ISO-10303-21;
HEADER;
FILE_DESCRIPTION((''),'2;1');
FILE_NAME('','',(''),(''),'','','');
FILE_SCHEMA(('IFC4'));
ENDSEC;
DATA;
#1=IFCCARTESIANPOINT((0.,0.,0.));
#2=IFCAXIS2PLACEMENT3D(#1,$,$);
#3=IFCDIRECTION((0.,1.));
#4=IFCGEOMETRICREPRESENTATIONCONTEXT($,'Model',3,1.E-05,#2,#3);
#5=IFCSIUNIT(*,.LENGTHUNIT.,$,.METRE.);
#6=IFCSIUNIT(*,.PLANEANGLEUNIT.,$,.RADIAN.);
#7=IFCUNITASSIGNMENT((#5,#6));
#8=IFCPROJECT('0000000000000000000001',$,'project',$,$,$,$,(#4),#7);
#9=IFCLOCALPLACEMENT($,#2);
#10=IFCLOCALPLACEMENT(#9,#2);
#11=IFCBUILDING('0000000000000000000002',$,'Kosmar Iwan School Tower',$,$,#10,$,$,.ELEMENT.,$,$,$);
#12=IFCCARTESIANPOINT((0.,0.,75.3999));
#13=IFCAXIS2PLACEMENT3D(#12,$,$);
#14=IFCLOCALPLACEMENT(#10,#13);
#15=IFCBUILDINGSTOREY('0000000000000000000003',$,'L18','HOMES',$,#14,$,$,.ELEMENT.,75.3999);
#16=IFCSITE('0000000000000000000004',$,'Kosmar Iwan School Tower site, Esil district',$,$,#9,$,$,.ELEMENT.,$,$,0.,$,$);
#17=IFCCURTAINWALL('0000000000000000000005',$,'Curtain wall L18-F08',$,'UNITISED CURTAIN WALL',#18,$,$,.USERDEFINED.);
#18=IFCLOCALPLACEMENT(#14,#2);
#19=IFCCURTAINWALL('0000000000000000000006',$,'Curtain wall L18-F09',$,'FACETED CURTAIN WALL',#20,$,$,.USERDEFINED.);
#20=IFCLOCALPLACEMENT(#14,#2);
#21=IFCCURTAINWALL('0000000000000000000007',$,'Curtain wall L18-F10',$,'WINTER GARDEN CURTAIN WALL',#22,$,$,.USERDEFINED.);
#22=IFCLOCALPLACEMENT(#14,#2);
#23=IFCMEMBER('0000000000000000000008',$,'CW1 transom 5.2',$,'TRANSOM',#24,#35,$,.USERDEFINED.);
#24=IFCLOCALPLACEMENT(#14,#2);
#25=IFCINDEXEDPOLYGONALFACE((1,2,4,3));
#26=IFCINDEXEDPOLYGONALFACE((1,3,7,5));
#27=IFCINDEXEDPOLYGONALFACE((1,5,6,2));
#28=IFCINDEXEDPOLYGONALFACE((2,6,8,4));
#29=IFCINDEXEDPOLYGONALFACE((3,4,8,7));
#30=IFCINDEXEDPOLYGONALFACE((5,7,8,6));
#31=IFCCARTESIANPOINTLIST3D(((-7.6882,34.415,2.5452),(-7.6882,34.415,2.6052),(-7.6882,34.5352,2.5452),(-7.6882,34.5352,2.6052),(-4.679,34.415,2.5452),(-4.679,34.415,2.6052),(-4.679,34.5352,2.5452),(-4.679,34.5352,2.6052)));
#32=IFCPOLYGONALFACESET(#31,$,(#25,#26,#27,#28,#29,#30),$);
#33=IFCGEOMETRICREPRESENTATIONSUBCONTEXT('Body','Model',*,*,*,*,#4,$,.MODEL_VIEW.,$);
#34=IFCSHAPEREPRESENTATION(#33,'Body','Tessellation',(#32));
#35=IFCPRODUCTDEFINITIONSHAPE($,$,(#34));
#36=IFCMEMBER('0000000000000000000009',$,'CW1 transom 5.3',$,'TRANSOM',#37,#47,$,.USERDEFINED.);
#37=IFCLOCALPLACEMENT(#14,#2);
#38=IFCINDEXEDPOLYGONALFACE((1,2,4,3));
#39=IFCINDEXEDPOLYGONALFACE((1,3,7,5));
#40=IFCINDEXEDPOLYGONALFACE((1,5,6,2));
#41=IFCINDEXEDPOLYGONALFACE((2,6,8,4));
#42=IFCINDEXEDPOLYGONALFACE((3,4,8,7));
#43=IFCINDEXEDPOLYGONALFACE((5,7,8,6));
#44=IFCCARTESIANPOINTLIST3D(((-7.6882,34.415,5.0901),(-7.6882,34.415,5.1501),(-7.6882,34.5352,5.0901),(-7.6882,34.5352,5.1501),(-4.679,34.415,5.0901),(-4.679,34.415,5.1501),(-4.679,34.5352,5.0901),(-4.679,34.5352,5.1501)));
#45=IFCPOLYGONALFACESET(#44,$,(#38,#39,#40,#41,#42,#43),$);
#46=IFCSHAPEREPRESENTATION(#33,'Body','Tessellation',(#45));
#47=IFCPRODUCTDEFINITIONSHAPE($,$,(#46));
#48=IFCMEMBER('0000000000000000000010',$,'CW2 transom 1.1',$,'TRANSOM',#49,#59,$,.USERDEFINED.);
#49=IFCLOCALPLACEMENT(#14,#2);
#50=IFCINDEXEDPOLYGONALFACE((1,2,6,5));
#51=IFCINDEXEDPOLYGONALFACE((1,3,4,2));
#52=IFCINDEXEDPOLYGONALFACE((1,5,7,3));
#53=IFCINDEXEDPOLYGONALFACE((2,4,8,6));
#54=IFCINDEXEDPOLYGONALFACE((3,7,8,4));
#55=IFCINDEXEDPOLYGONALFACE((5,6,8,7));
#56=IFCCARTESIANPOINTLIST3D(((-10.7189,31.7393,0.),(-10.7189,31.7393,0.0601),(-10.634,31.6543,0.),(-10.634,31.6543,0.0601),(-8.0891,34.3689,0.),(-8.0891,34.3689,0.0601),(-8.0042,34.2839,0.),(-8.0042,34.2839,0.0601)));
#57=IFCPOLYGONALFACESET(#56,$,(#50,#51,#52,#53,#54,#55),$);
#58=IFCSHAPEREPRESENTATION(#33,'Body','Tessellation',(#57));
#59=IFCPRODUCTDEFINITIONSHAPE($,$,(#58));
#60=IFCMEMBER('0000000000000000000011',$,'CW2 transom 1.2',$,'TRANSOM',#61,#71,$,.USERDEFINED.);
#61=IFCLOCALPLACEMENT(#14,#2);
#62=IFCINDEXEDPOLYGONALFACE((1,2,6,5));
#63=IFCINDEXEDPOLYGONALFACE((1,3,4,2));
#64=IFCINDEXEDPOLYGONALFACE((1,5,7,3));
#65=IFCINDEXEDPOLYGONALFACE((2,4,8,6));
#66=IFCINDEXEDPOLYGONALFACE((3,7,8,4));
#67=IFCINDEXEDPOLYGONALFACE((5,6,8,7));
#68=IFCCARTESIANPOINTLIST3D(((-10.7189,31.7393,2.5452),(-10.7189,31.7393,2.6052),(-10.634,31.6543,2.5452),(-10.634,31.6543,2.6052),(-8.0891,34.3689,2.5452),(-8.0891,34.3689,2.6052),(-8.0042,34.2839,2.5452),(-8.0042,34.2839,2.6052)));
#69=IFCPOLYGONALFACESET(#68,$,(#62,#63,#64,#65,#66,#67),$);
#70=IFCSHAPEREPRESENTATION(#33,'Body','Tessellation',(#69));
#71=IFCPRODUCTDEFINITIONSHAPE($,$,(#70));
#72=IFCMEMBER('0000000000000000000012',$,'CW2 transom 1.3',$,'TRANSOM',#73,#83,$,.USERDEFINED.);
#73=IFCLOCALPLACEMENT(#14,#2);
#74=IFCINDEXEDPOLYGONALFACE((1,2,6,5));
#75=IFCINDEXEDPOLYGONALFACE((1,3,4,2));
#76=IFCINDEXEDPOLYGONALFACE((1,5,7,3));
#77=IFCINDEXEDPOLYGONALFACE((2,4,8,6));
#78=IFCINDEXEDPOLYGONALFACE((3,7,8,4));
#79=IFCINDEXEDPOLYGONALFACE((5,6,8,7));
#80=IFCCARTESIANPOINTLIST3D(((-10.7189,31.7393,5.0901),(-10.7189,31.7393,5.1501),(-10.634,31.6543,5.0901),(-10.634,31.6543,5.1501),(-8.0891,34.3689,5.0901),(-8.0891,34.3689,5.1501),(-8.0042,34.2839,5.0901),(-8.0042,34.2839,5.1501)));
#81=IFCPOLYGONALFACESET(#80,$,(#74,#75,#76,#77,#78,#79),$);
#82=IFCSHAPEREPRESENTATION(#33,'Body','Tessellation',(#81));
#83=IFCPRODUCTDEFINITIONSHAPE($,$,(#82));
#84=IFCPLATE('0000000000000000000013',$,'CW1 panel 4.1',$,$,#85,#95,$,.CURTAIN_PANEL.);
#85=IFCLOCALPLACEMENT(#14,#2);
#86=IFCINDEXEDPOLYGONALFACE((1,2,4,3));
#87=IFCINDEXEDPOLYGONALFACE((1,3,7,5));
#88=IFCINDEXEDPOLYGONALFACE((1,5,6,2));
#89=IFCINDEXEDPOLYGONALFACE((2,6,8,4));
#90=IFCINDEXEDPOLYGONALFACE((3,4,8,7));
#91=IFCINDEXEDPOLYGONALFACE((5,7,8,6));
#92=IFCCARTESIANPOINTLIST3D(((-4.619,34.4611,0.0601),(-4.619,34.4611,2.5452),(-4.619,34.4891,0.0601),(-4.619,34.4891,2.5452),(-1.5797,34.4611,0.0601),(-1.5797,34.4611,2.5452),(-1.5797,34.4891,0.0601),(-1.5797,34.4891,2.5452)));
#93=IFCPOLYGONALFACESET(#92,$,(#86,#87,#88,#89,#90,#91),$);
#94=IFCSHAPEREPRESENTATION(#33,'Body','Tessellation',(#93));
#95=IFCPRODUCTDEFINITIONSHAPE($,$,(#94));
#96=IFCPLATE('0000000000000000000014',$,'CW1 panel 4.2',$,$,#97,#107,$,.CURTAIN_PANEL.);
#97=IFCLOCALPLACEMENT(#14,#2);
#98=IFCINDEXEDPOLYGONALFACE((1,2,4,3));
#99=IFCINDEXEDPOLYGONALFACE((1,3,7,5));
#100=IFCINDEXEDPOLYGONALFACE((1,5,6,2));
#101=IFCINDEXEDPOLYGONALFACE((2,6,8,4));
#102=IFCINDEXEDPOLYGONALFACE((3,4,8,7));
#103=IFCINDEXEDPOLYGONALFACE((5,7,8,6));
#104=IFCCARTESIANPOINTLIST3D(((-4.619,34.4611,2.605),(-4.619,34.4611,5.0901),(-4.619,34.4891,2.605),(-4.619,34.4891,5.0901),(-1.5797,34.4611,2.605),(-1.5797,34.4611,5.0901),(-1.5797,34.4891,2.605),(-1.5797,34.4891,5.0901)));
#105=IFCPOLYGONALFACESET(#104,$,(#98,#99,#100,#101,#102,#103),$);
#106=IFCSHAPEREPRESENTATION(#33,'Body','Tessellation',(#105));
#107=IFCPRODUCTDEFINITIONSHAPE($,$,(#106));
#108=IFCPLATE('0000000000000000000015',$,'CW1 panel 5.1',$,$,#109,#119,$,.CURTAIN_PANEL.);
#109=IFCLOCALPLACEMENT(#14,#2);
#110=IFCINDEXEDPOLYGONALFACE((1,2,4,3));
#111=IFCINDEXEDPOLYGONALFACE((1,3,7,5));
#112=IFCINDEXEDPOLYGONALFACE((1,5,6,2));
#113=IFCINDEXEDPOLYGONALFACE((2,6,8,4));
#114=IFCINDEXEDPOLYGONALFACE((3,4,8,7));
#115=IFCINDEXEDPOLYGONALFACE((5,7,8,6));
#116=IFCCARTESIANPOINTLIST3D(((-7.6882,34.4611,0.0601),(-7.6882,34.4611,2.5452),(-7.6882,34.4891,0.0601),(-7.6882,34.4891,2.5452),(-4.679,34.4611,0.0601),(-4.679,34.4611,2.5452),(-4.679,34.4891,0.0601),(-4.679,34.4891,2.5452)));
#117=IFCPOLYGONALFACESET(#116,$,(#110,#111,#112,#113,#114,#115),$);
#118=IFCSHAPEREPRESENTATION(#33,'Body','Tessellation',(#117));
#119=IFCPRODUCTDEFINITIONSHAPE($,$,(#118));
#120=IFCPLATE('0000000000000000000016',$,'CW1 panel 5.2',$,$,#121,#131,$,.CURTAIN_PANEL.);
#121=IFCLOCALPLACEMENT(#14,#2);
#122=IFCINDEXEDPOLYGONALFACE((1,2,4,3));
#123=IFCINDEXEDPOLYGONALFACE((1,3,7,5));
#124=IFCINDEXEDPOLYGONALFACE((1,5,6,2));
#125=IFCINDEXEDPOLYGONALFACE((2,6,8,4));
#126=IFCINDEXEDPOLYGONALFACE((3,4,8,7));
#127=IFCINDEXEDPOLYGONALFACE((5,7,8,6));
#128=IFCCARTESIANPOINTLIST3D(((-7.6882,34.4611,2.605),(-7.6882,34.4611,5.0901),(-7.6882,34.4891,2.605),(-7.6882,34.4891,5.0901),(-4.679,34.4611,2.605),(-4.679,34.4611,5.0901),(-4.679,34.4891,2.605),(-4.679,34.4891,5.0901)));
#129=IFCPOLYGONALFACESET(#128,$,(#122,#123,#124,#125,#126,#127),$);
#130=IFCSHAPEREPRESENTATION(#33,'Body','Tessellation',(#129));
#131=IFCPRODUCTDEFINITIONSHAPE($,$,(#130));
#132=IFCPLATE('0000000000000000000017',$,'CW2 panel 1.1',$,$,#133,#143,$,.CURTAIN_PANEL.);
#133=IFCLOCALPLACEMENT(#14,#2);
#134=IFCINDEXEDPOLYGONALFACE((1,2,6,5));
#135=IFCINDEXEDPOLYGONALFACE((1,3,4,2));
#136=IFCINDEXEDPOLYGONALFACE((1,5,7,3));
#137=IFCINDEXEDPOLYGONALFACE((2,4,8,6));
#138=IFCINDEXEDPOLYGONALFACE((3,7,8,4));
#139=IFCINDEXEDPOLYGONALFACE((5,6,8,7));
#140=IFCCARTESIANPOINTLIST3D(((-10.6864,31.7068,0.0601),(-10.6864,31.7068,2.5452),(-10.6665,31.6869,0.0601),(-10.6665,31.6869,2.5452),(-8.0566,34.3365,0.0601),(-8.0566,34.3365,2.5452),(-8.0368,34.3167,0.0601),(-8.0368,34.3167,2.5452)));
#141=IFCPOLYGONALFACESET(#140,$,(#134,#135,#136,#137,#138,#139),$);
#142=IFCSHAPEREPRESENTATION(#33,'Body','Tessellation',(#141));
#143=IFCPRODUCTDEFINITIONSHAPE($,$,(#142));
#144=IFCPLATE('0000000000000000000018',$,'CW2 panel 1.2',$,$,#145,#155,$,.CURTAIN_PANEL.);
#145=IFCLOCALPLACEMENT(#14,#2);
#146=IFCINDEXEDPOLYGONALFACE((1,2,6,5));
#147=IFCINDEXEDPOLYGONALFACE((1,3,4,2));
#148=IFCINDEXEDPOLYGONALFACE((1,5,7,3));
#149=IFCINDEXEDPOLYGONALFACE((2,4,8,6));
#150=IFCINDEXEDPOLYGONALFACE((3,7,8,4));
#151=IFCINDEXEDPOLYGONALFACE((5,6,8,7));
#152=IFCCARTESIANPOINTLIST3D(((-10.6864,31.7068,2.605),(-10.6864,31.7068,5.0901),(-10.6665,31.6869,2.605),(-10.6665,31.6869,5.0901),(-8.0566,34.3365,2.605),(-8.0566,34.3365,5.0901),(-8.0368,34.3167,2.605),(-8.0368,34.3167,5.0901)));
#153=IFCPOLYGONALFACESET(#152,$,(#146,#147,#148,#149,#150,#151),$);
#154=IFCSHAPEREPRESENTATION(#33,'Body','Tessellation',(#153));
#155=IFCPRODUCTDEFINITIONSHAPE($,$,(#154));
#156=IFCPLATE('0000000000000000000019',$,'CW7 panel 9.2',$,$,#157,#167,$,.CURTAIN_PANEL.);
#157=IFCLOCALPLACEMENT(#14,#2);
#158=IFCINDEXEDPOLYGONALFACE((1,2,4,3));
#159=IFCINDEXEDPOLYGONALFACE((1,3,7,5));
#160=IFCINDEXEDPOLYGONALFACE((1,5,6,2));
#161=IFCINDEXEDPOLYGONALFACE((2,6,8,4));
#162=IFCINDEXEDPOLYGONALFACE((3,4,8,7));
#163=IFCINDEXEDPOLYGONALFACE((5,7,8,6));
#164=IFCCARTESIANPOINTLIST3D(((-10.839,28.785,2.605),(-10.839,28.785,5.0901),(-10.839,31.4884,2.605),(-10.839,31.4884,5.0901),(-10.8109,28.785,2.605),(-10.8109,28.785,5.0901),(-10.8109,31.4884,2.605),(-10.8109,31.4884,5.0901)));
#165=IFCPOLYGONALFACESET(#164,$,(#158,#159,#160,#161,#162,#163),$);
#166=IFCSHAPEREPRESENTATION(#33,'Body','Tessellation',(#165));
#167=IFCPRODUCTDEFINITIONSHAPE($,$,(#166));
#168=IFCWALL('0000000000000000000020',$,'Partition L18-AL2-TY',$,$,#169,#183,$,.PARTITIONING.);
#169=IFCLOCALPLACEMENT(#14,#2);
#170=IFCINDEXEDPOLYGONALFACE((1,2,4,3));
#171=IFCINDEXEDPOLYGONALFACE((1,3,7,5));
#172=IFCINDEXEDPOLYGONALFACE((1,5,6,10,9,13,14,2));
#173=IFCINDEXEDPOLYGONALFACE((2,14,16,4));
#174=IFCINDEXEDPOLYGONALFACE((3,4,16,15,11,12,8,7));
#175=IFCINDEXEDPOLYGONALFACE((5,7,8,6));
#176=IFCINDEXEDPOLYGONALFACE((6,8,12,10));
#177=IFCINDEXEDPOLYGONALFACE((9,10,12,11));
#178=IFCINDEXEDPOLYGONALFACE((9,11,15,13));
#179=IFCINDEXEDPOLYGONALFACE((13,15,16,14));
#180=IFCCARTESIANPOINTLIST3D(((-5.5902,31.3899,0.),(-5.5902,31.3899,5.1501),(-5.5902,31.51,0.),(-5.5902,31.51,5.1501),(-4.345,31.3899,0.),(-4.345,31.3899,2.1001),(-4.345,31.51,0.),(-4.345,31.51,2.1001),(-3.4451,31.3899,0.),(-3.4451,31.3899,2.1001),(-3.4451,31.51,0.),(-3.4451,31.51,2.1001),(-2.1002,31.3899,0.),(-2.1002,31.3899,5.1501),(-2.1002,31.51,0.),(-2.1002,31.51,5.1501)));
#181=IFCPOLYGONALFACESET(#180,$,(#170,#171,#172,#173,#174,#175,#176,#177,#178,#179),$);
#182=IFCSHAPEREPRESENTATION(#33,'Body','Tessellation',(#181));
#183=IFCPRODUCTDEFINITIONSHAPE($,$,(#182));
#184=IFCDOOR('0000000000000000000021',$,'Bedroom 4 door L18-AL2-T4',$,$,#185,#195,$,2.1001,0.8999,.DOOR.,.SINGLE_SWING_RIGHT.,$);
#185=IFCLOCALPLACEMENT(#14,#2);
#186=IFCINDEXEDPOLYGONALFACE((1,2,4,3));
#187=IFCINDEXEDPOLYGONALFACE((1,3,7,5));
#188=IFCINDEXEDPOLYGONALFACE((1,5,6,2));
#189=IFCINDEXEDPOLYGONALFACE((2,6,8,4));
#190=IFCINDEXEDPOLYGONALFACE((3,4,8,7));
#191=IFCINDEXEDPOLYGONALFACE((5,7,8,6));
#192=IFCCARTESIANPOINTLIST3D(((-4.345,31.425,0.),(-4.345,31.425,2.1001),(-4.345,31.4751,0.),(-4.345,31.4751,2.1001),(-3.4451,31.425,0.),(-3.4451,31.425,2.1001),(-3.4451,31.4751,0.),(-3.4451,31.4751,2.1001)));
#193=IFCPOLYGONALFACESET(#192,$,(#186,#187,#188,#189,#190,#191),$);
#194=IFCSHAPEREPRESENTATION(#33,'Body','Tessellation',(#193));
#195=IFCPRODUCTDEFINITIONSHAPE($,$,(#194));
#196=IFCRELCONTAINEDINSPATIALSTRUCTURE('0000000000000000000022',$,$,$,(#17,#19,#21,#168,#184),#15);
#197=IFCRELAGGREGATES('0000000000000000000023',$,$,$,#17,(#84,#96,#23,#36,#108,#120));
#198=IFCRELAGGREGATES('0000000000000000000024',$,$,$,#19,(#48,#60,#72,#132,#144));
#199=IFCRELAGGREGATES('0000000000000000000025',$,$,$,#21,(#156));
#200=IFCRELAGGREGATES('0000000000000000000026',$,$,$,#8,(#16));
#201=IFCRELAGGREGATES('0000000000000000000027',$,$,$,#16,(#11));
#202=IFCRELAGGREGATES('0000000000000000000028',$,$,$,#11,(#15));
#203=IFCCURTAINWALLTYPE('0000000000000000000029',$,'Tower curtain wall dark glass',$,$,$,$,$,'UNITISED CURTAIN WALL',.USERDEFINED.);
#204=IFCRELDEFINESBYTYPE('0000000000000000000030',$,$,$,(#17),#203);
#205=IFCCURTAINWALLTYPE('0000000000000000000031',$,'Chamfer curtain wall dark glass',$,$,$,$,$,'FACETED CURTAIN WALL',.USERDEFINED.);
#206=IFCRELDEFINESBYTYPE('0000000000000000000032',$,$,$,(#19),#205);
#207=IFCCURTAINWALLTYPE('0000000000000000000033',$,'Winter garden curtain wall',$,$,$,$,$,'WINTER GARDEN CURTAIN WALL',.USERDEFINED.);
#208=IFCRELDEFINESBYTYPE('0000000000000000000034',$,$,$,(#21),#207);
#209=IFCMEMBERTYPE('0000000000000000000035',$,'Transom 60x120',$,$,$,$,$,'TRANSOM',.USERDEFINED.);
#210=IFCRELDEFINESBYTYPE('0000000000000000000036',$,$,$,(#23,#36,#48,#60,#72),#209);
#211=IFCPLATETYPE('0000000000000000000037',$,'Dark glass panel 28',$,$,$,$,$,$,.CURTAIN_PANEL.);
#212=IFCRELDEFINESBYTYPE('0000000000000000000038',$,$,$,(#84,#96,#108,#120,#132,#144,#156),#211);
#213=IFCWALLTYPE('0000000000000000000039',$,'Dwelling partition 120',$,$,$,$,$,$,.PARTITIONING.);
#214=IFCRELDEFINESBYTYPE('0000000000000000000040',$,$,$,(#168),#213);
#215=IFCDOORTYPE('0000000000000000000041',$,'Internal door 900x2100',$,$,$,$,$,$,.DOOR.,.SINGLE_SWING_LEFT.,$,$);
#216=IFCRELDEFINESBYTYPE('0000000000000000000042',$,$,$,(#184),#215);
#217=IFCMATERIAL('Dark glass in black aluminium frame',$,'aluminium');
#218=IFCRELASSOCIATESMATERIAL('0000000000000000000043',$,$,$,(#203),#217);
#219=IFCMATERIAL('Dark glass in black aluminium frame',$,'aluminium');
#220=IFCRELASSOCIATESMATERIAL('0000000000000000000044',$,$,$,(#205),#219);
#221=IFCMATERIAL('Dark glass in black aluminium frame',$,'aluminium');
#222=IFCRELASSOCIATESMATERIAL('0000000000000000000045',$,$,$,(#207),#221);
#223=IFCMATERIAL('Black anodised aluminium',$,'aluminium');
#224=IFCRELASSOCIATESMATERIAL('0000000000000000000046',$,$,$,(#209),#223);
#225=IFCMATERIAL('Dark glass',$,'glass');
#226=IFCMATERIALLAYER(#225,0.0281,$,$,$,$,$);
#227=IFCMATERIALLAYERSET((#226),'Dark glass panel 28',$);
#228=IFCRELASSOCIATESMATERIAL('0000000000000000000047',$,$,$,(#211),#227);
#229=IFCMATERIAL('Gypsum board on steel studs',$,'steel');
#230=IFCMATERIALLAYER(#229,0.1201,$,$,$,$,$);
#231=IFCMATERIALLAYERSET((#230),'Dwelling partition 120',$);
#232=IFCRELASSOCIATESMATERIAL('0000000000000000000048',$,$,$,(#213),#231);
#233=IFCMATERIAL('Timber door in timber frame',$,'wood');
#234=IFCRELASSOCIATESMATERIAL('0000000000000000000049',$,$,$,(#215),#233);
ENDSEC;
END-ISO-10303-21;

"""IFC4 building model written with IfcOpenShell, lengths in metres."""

from ifc_helpers import new_model, si_unit, direction, frame, frame_2d, origin, origin_2d, place, context, subcontext, project, spatial, rectangle, extrude, material, layer, layer_set, material_profile, profile_set, type_object, element, fill, aggregate, save


model = new_model("IFC4")

# Units and contexts
model_context = context("Model", 3, precision=1e-05, world=origin(), true_north=direction((0.0, 1.0)))
body_context = subcontext(model_context, "Body", "Model", "MODEL_VIEW")
ifc_project = project(units=[si_unit("LENGTHUNIT", "METRE"), si_unit("PLANEANGLEUNIT", "RADIAN")], contexts=[model_context])

# Site, building, storey
site_placement = place(None, origin())
site = spatial("IfcSite", under=ifc_project, at=site_placement, Name="Kosmar Iwan School Tower site, Esil district", CompositionType="ELEMENT", RefElevation=0.0)
building_placement = place(site_placement, origin())
building = spatial("IfcBuilding", under=site, at=building_placement, Name="Kosmar Iwan School Tower", CompositionType="ELEMENT")
storey_placement = place(building_placement, frame((0.0, 0.0, 75.3999)))
storey = spatial("IfcBuildingStorey", under=building, at=storey_placement, Name="L18", Description="HOMES", CompositionType="ELEMENT", Elevation=75.3999)

# Curtain walls
ifc_material_1 = material(Name="Dark glass in black aluminium frame", Category="aluminium")
curtain_wall_type_1 = type_object("IfcCurtainWallType", Name="Tower curtain wall dark glass", ElementType="UNITISED CURTAIN WALL", PredefinedType="USERDEFINED", material=ifc_material_1)
curtain_wall_1_placement = place(storey_placement, origin())
curtain_wall_1 = element("IfcCurtainWall", 1, at=curtain_wall_1_placement, inside=storey, type_object=curtain_wall_type_1, Name="Curtain wall L18-F08", ObjectType="UNITISED CURTAIN WALL", PredefinedType="USERDEFINED")
ifc_material_2 = material(Name="Dark glass in black aluminium frame", Category="aluminium")
curtain_wall_type_2 = type_object("IfcCurtainWallType", Name="Chamfer curtain wall dark glass", ElementType="FACETED CURTAIN WALL", PredefinedType="USERDEFINED", material=ifc_material_2)
curtain_wall_2_placement = place(storey_placement, origin())
curtain_wall_2 = element("IfcCurtainWall", 2, at=curtain_wall_2_placement, inside=storey, type_object=curtain_wall_type_2, Name="Curtain wall L18-F09", ObjectType="FACETED CURTAIN WALL", PredefinedType="USERDEFINED")

# Curtain wall
ifc_material_3 = material(Name="Dark glass in black aluminium frame", Category="aluminium")
curtain_wall_type_3 = type_object("IfcCurtainWallType", Name="Winter garden curtain wall", ElementType="WINTER GARDEN CURTAIN WALL", PredefinedType="USERDEFINED", material=ifc_material_3)
curtain_wall_3_placement = place(storey_placement, origin())
curtain_wall_3 = element("IfcCurtainWall", 3, at=curtain_wall_3_placement, inside=storey, type_object=curtain_wall_type_3, Name="Curtain wall L18-F10", ObjectType="WINTER GARDEN CURTAIN WALL", PredefinedType="USERDEFINED")

# Members
ifc_material_4 = material(Name="Black anodised aluminium", Category="aluminium")
ifc_material_profile_1 = material_profile(ifc_material_4, rectangle(XDim=0.1201, YDim=0.0601, at=origin_2d()), Name="TRANSOM 60x120")
ifc_profile_set_1 = profile_set([ifc_material_profile_1], Name="Black anodised aluminium")
member_type_1 = type_object("IfcMemberType", Name="Transom 60x120", ElementType="TRANSOM", PredefinedType="USERDEFINED", material=ifc_profile_set_1)
member_1_placement = place(storey_placement, frame((-4.679, 34.4751, 2.5752), z_axis=(-1.0, 0.0, 0.0), x_axis=(0.0, -1.0, 0.0)))
member_1 = element("IfcMember", 4, at=member_1_placement, type_object=member_type_1, Name="CW1 transom 5.2", ObjectType="TRANSOM", PredefinedType="USERDEFINED", context=body_context, shape_type="SweptSolid", body=[
    extrude(rectangle(XDim=0.1201, YDim=0.0601, at=origin_2d()), origin(), (0.0, 0.0, 1.0), 3.0093),
])
member_2_placement = place(storey_placement, frame((-4.679, 34.4751, 5.1201), z_axis=(-1.0, 0.0, 0.0), x_axis=(0.0, -1.0, 0.0)))
member_2 = element("IfcMember", 5, at=member_2_placement, type_object=member_type_1, Name="CW1 transom 5.3", ObjectType="TRANSOM", PredefinedType="USERDEFINED", context=body_context, shape_type="SweptSolid", body=[
    extrude(rectangle(XDim=0.1201, YDim=0.0601, at=origin_2d()), origin(), (0.0, 0.0, 1.0), 3.0093),
])
member_3_placement = place(storey_placement, frame((-8.0466, 34.3264, 0.03), z_axis=(-0.70714, -0.707074, 0.0), x_axis=(0.707074, -0.70714, 0.0)))
member_3 = element("IfcMember", 6, at=member_3_placement, type_object=member_type_1, Name="CW2 transom 1.1", ObjectType="TRANSOM", PredefinedType="USERDEFINED", context=body_context, shape_type="SweptSolid", body=[
    extrude(rectangle(XDim=0.1201, YDim=0.0601, at=origin_2d()), origin(), (0.0, 0.0, 1.0), 3.719),
])
member_4_placement = place(storey_placement, frame((-8.0466, 34.3264, 2.5752), z_axis=(-0.70714, -0.707074, 0.0), x_axis=(0.707074, -0.70714, 0.0)))
member_4 = element("IfcMember", 7, at=member_4_placement, type_object=member_type_1, Name="CW2 transom 1.2", ObjectType="TRANSOM", PredefinedType="USERDEFINED", context=body_context, shape_type="SweptSolid", body=[
    extrude(rectangle(XDim=0.1201, YDim=0.0601, at=origin_2d()), origin(), (0.0, 0.0, 1.0), 3.719),
])
member_5_placement = place(storey_placement, frame((-8.0466, 34.3264, 5.1201), z_axis=(-0.70714, -0.707074, 0.0), x_axis=(0.707074, -0.70714, 0.0)))
member_5 = element("IfcMember", 8, at=member_5_placement, type_object=member_type_1, Name="CW2 transom 1.3", ObjectType="TRANSOM", PredefinedType="USERDEFINED", context=body_context, shape_type="SweptSolid", body=[
    extrude(rectangle(XDim=0.1201, YDim=0.0601, at=origin_2d()), origin(), (0.0, 0.0, 1.0), 3.719),
])

# Plates
ifc_material_5 = material(Name="Dark glass", Category="glass")
ifc_layer_1 = layer(ifc_material_5, 0.0281)
ifc_layer_set_1 = layer_set([ifc_layer_1], Name="Dark glass panel 28")
plate_type = type_object("IfcPlateType", Name="Dark glass panel 28", PredefinedType="CURTAIN_PANEL", material=ifc_layer_set_1)
plate_1_placement = place(storey_placement, frame((-3.0994, 34.4751, 0.0601), z_axis=(0.0, 0.0, 1.0), x_axis=(-1.0, 0.0, 0.0)))
plate_1 = element("IfcPlate", 9, at=plate_1_placement, type_object=plate_type, Name="CW1 panel 4.1", PredefinedType="CURTAIN_PANEL", context=body_context, shape_type="SweptSolid", body=[
    extrude(rectangle(XDim=3.0393, YDim=0.0281, at=origin_2d()), origin(), (0.0, 0.0, 1.0), 2.4851),
])
plate_2_placement = place(storey_placement, frame((-3.0994, 34.4751, 2.605), z_axis=(0.0, 0.0, 1.0), x_axis=(-1.0, 0.0, 0.0)))
plate_2 = element("IfcPlate", 10, at=plate_2_placement, type_object=plate_type, Name="CW1 panel 4.2", PredefinedType="CURTAIN_PANEL", context=body_context, shape_type="SweptSolid", body=[
    extrude(rectangle(XDim=3.0393, YDim=0.0281, at=origin_2d()), origin(), (0.0, 0.0, 1.0), 2.4851),
])
plate_3_placement = place(storey_placement, frame((-6.1836, 34.4751, 0.0601), z_axis=(0.0, 0.0, 1.0), x_axis=(-1.0, 0.0, 0.0)))
plate_3 = element("IfcPlate", 11, at=plate_3_placement, type_object=plate_type, Name="CW1 panel 5.1", PredefinedType="CURTAIN_PANEL", context=body_context, shape_type="SweptSolid", body=[
    extrude(rectangle(XDim=3.0093, YDim=0.0281, at=origin_2d()), origin(), (0.0, 0.0, 1.0), 2.4851),
])
plate_4_placement = place(storey_placement, frame((-6.1836, 34.4751, 2.605), z_axis=(0.0, 0.0, 1.0), x_axis=(-1.0, 0.0, 0.0)))
plate_4 = element("IfcPlate", 12, at=plate_4_placement, type_object=plate_type, Name="CW1 panel 5.2", PredefinedType="CURTAIN_PANEL", context=body_context, shape_type="SweptSolid", body=[
    extrude(rectangle(XDim=3.0093, YDim=0.0281, at=origin_2d()), origin(), (0.0, 0.0, 1.0), 2.4851),
])
aggregate(curtain_wall_1, [plate_1, plate_2, member_1, member_2, plate_3, plate_4])
plate_5_placement = place(storey_placement, frame((-9.3616, 33.0117, 0.0601), z_axis=(0.0, 0.0, 1.0), x_axis=(-0.707107, -0.707107, 0.0)))
plate_5 = element("IfcPlate", 13, at=plate_5_placement, type_object=plate_type, Name="CW2 panel 1.1", PredefinedType="CURTAIN_PANEL", context=body_context, shape_type="SweptSolid", body=[
    extrude(rectangle(XDim=3.719, YDim=0.0281, at=origin_2d()), origin(), (0.0, 0.0, 1.0), 2.4851),
])
plate_6_placement = place(storey_placement, frame((-9.3616, 33.0117, 2.605), z_axis=(0.0, 0.0, 1.0), x_axis=(-0.707107, -0.707107, 0.0)))
plate_6 = element("IfcPlate", 14, at=plate_6_placement, type_object=plate_type, Name="CW2 panel 1.2", PredefinedType="CURTAIN_PANEL", context=body_context, shape_type="SweptSolid", body=[
    extrude(rectangle(XDim=3.719, YDim=0.0281, at=origin_2d()), origin(), (0.0, 0.0, 1.0), 2.4851),
])
aggregate(curtain_wall_2, [member_3, member_4, member_5, plate_5, plate_6])
plate_7_placement = place(storey_placement, frame((-10.825, 30.1367, 2.605), z_axis=(0.0, 0.0, 1.0), x_axis=(0.0, 1.0, 0.0)))
plate_7 = element("IfcPlate", 15, at=plate_7_placement, type_object=plate_type, Name="CW7 panel 9.2", PredefinedType="CURTAIN_PANEL", context=body_context, shape_type="SweptSolid", body=[
    extrude(rectangle(XDim=2.7034, YDim=0.0281, at=origin_2d()), origin(), (0.0, 0.0, 1.0), 2.4851),
])
aggregate(curtain_wall_3, [plate_7])

# Wall, opening, door
ifc_material_6 = material(Name="Gypsum board on steel studs", Category="steel")
ifc_layer_2 = layer(ifc_material_6, 0.1201)
ifc_layer_set_2 = layer_set([ifc_layer_2], Name="Dwelling partition 120")
wall_type = type_object("IfcWallType", Name="Dwelling partition 120", PredefinedType="PARTITIONING", material=ifc_layer_set_2)
wall_placement = place(storey_placement, frame((-2.1001, 31.45, 0.0), z_axis=(0.0, 0.0, 1.0), x_axis=(-1.0, 0.0, 0.0)))
wall = element("IfcWall", 16, at=wall_placement, inside=storey, type_object=wall_type, Name="Partition L18-AL2-TY", PredefinedType="PARTITIONING", context=body_context, shape_type="SweptSolid", body=[
    extrude(rectangle(XDim=3.49, YDim=0.1201, at=frame_2d((1.7451, 0.0))), origin(), (0.0, 0.0, 1.0), 5.1501),
])
opening_placement = place(wall_placement, frame((1.345, 0.0, 0.0)))
opening = element("IfcOpeningElement", 17, at=opening_placement, cuts=wall, PredefinedType="OPENING", context=body_context, shape_type="SweptSolid", body=[
    extrude(rectangle(XDim=0.8999, YDim=2.1001, at=frame_2d((0.45, 1.05))), frame((0.0, 0.072, 0.0), z_axis=(0.0, -1.0, 0.0), x_axis=(1.0, 0.0, 0.0)), (0.0, 0.0, 1.0), 0.144),
])
ifc_material_7 = material(Name="Timber door in timber frame", Category="wood")
door_type = type_object("IfcDoorType", Name="Internal door 900x2100", OperationType="SINGLE_SWING_LEFT", PredefinedType="DOOR", material=ifc_material_7)
door_placement = place(opening_placement, origin())
door = element("IfcDoor", 18, at=door_placement, inside=storey, type_object=door_type, Name="Bedroom 4 door L18-AL2-T4", OperationType="SINGLE_SWING_RIGHT", OverallHeight=2.1001, OverallWidth=0.8999, PredefinedType="DOOR", context=body_context, shape_type="SweptSolid", body=[
    extrude(rectangle(XDim=0.8999, YDim=2.1001, at=frame_2d((0.45, 1.05))), frame((0.0, 0.0249, 0.0), z_axis=(0.0, -1.0, 0.0), x_axis=(1.0, 0.0, 0.0)), (0.0, 0.0, 1.0), 0.05),
])
fill(opening, door)

save(model, "model.ifc")
